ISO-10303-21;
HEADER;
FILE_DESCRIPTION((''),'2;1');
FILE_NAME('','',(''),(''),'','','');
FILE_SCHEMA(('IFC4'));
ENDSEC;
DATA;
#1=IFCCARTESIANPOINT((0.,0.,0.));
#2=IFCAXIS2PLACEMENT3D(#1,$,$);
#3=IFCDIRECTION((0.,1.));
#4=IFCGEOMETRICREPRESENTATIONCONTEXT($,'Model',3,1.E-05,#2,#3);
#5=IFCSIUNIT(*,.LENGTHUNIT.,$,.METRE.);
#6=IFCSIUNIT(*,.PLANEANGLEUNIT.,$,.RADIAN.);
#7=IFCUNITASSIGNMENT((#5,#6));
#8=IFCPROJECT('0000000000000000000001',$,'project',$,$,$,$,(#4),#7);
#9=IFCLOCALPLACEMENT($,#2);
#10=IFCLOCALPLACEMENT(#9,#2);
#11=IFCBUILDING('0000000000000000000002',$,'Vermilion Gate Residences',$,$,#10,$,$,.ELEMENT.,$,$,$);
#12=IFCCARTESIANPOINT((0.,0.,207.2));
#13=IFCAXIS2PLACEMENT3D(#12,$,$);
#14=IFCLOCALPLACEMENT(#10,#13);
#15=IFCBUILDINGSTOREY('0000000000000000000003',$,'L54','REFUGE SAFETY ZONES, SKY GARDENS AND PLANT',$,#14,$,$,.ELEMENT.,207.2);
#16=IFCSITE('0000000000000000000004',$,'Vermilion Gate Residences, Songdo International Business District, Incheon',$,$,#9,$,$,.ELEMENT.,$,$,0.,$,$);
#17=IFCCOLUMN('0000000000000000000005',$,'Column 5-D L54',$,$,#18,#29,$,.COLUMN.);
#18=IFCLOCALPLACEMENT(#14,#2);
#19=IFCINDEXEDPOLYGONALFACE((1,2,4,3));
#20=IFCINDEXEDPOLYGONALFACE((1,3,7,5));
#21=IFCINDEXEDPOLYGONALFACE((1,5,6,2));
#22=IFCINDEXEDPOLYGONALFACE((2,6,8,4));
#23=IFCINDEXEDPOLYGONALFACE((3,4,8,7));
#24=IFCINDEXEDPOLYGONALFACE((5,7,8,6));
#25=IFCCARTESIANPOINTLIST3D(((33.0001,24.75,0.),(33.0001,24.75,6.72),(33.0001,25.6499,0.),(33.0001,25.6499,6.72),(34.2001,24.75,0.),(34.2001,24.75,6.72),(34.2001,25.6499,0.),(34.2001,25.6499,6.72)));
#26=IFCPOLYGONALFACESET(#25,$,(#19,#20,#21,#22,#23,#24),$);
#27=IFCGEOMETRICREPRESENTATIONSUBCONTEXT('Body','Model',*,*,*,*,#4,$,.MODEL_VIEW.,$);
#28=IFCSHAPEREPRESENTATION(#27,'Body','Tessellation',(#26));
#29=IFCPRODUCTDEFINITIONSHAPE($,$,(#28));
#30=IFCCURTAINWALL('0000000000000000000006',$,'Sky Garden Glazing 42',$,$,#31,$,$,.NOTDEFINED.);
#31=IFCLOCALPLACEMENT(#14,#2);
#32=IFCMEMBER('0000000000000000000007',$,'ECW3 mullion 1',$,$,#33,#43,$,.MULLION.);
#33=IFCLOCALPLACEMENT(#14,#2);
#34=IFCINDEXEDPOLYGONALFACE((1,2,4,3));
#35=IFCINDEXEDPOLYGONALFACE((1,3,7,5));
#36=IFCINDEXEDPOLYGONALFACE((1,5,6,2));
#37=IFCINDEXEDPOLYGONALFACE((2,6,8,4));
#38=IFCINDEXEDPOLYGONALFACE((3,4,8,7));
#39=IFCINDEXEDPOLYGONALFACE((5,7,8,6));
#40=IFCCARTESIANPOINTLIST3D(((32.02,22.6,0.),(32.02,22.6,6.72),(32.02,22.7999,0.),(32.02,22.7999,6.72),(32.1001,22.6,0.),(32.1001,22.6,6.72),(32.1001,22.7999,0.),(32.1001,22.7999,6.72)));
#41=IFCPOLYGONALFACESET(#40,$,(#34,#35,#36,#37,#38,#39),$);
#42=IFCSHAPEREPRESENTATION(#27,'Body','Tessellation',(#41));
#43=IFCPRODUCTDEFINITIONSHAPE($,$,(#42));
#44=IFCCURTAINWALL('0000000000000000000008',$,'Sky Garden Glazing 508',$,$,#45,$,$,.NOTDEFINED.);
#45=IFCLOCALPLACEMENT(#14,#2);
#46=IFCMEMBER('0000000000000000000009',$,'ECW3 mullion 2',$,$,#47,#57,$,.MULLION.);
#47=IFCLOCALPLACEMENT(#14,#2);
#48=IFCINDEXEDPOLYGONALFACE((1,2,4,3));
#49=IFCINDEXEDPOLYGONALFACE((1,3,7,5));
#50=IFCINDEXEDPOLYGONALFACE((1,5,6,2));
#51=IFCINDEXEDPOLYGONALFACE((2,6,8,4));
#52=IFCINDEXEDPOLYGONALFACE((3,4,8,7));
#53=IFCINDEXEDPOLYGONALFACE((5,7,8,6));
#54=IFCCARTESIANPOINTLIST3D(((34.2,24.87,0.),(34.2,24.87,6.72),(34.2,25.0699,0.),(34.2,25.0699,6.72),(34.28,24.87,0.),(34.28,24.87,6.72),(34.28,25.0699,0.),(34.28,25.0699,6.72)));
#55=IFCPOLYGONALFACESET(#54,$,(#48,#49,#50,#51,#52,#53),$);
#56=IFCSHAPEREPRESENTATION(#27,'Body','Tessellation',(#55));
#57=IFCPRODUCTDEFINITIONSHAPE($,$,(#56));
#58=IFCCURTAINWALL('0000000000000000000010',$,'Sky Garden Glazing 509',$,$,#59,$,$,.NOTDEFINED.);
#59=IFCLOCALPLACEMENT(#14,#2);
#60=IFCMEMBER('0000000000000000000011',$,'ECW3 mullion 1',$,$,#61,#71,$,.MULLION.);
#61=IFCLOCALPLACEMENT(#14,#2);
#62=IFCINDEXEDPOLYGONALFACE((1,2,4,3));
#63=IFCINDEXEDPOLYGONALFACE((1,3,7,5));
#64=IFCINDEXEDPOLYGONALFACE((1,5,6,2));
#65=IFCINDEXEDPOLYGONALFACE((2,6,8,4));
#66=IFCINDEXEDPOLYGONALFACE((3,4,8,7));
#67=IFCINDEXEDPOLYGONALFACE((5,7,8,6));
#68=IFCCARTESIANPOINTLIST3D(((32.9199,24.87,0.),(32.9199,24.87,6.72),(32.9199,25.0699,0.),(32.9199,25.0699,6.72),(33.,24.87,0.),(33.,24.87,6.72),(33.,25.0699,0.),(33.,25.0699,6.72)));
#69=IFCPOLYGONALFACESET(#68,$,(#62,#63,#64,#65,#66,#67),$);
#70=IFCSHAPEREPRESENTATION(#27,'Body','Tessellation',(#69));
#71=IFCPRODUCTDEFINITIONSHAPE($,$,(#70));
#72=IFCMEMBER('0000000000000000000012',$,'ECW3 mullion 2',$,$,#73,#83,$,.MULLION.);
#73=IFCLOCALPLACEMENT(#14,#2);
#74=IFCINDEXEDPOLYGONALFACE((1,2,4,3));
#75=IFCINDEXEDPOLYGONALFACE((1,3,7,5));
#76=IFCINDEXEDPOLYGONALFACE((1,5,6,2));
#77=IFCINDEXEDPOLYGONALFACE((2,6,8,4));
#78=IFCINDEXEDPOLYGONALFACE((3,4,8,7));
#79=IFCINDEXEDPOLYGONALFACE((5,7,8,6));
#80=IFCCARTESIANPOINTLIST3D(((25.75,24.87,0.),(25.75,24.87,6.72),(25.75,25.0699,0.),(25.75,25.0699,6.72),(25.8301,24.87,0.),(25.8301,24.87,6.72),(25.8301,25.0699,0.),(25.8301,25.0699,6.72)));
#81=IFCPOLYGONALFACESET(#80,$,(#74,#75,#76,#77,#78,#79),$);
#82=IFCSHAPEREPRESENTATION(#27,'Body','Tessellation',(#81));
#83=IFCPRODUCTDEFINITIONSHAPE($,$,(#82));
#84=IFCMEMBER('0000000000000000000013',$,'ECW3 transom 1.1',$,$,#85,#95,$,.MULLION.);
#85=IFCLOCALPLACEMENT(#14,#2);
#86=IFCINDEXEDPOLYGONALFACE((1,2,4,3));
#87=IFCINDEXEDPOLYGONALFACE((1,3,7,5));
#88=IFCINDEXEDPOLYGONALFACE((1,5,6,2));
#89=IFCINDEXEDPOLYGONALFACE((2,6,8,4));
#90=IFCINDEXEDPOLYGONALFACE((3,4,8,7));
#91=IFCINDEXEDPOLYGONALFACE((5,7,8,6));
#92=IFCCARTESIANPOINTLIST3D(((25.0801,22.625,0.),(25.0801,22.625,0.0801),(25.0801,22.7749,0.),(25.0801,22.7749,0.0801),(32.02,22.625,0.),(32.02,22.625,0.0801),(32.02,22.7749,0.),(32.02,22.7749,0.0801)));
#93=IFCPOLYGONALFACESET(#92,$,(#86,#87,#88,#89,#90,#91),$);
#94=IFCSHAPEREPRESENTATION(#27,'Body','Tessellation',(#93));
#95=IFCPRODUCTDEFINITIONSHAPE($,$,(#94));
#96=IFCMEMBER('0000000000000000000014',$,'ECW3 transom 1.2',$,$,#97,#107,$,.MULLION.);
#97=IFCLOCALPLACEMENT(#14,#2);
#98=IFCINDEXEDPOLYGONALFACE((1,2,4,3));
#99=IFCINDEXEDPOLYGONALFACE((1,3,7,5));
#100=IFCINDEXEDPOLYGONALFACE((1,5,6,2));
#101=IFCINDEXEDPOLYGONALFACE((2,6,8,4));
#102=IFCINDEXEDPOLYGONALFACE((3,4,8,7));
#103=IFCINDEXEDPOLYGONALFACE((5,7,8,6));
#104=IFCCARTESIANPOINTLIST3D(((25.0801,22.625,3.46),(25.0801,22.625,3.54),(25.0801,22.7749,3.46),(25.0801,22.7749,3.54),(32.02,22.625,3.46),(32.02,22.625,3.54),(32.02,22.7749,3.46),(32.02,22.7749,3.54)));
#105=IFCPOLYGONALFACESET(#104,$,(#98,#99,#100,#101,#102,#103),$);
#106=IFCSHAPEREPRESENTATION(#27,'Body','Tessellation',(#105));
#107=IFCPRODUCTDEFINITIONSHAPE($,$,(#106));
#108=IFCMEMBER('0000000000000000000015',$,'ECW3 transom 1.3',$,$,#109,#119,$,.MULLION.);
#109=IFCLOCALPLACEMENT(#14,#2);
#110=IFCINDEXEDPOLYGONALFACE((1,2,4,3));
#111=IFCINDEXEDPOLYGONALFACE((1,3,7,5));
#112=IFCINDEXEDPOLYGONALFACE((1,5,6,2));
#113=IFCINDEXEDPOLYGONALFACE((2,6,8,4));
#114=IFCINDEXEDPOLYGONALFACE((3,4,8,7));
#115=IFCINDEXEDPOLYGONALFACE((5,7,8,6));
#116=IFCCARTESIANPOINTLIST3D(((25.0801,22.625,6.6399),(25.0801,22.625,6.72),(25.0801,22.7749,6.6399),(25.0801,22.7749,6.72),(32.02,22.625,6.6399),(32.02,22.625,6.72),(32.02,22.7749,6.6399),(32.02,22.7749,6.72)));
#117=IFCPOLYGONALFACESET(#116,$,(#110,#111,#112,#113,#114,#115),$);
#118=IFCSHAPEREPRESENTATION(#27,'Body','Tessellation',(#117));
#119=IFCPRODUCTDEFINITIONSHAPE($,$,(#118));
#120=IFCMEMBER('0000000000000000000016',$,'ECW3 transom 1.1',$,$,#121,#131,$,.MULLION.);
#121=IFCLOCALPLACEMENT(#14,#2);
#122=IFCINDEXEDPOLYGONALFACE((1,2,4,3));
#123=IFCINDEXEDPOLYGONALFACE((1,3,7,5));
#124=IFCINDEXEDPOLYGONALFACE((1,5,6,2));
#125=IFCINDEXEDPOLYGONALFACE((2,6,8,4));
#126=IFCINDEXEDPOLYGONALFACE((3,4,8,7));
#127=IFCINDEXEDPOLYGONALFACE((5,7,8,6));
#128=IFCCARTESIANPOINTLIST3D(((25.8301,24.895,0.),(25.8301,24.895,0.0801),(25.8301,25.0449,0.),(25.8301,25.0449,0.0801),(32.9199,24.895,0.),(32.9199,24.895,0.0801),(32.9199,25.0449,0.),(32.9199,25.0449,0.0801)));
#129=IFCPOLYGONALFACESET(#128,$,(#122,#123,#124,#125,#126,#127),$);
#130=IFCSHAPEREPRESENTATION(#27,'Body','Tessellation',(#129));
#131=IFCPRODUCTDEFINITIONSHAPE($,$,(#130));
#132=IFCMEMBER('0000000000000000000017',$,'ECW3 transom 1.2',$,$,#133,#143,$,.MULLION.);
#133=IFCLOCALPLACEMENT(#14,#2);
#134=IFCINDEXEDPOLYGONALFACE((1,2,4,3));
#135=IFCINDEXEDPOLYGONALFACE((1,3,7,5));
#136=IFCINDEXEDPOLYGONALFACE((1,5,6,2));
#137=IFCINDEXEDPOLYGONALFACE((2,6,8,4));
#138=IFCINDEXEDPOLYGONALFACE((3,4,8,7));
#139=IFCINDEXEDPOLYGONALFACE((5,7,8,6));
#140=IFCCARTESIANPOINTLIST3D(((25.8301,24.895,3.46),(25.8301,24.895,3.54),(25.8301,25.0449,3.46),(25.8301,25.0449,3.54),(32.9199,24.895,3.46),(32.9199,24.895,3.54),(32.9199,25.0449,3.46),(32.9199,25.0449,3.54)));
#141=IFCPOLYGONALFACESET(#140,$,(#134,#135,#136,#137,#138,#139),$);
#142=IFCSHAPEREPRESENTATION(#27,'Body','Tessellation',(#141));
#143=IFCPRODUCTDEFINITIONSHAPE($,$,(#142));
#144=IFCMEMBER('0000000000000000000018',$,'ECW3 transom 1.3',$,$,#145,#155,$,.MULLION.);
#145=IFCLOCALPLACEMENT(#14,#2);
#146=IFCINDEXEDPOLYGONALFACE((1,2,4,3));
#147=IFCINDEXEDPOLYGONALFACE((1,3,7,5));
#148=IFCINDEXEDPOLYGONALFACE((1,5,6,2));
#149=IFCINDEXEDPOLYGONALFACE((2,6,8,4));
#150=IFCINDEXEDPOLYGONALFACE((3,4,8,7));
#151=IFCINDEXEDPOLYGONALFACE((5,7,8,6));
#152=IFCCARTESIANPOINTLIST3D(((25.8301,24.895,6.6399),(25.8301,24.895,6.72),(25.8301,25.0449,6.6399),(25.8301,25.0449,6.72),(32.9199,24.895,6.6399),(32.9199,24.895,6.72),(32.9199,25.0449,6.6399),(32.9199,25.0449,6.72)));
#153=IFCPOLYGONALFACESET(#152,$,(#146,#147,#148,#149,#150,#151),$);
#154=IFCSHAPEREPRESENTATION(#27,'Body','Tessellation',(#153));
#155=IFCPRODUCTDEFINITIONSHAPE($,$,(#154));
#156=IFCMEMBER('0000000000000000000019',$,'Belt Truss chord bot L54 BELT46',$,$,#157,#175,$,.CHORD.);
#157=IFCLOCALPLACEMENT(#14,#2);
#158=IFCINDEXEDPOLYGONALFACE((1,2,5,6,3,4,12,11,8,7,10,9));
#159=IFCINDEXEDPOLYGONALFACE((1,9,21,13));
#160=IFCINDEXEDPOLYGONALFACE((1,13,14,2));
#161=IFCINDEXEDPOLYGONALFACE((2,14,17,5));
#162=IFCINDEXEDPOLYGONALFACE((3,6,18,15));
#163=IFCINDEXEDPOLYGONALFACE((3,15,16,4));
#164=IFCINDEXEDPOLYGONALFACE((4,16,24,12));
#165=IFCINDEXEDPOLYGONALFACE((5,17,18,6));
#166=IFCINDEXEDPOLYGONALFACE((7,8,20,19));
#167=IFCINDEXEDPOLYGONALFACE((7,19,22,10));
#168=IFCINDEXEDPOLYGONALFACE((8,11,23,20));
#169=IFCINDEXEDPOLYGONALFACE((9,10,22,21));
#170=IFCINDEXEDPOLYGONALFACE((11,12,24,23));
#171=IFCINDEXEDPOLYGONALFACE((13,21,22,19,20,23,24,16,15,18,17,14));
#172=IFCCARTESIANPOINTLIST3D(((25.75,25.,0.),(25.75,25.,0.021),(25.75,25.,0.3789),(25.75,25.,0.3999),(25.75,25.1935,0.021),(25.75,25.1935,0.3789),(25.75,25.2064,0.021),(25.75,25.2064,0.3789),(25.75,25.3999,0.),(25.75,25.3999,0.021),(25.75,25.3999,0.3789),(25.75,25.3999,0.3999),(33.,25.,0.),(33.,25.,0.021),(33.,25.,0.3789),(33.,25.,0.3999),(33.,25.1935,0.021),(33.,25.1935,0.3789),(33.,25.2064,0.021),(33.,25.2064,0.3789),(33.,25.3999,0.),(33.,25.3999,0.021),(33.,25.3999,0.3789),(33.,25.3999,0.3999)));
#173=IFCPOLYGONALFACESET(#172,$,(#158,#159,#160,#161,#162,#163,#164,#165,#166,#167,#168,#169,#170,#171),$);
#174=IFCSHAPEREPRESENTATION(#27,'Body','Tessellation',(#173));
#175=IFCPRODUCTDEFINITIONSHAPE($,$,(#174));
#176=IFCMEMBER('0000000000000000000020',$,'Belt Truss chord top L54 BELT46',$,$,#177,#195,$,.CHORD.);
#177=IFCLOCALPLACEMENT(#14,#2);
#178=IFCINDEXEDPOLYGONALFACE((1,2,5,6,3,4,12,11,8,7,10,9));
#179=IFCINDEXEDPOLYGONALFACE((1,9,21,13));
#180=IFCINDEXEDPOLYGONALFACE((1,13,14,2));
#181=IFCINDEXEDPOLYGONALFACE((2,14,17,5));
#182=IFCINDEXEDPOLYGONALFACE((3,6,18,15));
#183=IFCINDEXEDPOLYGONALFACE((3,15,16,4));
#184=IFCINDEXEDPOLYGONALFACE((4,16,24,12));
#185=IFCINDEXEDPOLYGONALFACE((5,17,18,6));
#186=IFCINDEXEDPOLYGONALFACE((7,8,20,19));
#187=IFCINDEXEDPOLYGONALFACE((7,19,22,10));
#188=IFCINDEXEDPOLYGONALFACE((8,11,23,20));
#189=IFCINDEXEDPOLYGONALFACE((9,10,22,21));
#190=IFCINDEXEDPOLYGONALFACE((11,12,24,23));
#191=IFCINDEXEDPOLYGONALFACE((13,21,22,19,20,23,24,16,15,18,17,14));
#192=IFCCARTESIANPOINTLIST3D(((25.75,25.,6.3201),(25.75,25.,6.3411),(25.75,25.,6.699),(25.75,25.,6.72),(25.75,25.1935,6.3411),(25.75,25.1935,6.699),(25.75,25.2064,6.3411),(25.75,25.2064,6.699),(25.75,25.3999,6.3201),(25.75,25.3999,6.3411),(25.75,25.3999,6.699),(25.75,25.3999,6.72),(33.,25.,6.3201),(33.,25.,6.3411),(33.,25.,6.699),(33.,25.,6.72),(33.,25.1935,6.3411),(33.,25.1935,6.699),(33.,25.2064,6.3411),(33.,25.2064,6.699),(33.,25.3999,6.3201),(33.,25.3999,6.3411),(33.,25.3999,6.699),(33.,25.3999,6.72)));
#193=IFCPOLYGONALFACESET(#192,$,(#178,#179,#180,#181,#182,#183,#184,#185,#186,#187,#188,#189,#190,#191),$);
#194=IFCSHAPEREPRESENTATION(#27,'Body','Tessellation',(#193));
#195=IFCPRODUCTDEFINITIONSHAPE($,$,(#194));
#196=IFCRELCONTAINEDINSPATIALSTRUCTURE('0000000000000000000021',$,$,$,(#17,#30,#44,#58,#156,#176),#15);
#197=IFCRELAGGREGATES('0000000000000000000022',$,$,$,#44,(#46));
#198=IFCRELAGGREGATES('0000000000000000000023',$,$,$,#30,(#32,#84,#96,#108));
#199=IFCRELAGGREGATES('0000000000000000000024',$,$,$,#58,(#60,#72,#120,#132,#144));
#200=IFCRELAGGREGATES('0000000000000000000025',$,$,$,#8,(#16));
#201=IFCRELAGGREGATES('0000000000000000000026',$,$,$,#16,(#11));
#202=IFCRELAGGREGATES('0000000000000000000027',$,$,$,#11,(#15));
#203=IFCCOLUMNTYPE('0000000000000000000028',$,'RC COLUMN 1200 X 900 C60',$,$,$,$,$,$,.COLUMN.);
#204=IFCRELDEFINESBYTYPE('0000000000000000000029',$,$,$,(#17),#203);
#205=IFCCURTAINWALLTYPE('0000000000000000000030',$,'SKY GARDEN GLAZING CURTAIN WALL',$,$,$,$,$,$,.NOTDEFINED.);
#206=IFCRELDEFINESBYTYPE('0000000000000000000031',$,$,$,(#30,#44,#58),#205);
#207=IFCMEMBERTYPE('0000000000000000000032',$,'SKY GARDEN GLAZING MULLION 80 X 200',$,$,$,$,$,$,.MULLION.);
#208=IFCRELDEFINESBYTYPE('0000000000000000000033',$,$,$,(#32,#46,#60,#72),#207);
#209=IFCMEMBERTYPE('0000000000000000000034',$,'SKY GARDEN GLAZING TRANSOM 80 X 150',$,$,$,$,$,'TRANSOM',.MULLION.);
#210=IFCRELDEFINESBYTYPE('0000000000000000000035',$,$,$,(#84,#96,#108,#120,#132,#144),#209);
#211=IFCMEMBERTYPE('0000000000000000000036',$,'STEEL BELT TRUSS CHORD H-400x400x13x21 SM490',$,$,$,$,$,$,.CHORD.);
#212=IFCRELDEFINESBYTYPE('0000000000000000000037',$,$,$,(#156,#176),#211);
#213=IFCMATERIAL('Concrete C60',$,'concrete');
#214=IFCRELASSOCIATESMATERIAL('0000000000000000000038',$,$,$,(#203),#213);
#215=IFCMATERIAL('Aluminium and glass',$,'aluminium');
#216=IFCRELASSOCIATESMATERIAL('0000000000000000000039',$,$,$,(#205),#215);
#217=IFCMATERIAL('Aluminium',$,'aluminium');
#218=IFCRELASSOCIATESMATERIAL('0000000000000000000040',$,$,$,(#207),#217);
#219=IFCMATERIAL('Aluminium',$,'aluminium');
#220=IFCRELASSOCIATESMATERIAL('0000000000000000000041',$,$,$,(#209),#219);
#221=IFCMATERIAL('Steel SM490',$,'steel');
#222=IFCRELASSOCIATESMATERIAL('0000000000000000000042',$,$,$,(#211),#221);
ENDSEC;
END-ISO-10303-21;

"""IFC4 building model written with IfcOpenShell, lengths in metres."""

from ifc_helpers import new_model, si_unit, direction, frame, origin, origin_2d, place, context, subcontext, project, spatial, rectangle, i_section, extrude, material, material_profile, profile_set, type_object, element, aggregate, save


model = new_model("IFC4")

# Units and contexts
model_context = context("Model", 3, precision=1e-05, world=origin(), true_north=direction((0.0, 1.0)))
body_context = subcontext(model_context, "Body", "Model", "MODEL_VIEW")
ifc_project = project(units=[si_unit("LENGTHUNIT", "METRE"), si_unit("PLANEANGLEUNIT", "RADIAN")], contexts=[model_context])

# Site, building, storey
site_placement = place(None, origin())
site = spatial("IfcSite", under=ifc_project, at=site_placement, Name="Vermilion Gate Residences, Songdo International Business District, Incheon", CompositionType="ELEMENT", RefElevation=0.0)
building_placement = place(site_placement, origin())
building = spatial("IfcBuilding", under=site, at=building_placement, Name="Vermilion Gate Residences", CompositionType="ELEMENT")
storey_placement = place(building_placement, frame((0.0, 0.0, 207.2)))
storey = spatial("IfcBuildingStorey", under=building, at=storey_placement, Name="L54", Description="REFUGE SAFETY ZONES, SKY GARDENS AND PLANT", CompositionType="ELEMENT", Elevation=207.2)

# Column
ifc_material_1 = material(Name="Concrete C60", Category="concrete")
ifc_material_profile_1 = material_profile(ifc_material_1, rectangle(XDim=1.2, YDim=0.8999, at=origin_2d()), Name="RC-1200x900")
ifc_profile_set_1 = profile_set([ifc_material_profile_1], Name="Concrete C60")
column_type = type_object("IfcColumnType", Name="RC COLUMN 1200 X 900 C60", PredefinedType="COLUMN", material=ifc_profile_set_1)
column_placement = place(storey_placement, frame((33.6001, 25.2, 0.0), z_axis=(0.0, 0.0, 1.0), x_axis=(1.0, 0.0, 0.0)))
element("IfcColumn", 1, at=column_placement, inside=storey, type_object=column_type, Name="Column 5-D L54", PredefinedType="COLUMN", context=body_context, shape_type="SweptSolid", body=[
    extrude(rectangle(XDim=1.2, YDim=0.8999, at=origin_2d()), origin(), (0.0, 0.0, 1.0), 6.72),
])

# Curtain walls, members
ifc_material_2 = material(Name="Aluminium and glass", Category="aluminium")
curtain_wall_type = type_object("IfcCurtainWallType", Name="SKY GARDEN GLAZING CURTAIN WALL", PredefinedType="NOTDEFINED", material=ifc_material_2)
curtain_wall_1_placement = place(storey_placement, origin())
curtain_wall_1 = element("IfcCurtainWall", 2, at=curtain_wall_1_placement, inside=storey, type_object=curtain_wall_type, Name="Sky Garden Glazing 42", PredefinedType="NOTDEFINED")
ifc_material_3 = material(Name="Aluminium", Category="aluminium")
ifc_material_profile_2 = material_profile(ifc_material_3, rectangle(XDim=0.2, YDim=0.0801, at=origin_2d()), Name="MULLION 80 X 200")
ifc_profile_set_2 = profile_set([ifc_material_profile_2], Name="Aluminium")
member_type_1 = type_object("IfcMemberType", Name="SKY GARDEN GLAZING MULLION 80 X 200", PredefinedType="MULLION", material=ifc_profile_set_2)
member_1_placement = place(storey_placement, frame((32.0601, 22.7, 0.0), z_axis=(0.0, 0.0, 1.0), x_axis=(0.0, -1.0, 0.0)))
member_1 = element("IfcMember", 3, at=member_1_placement, type_object=member_type_1, Name="ECW3 mullion 1", PredefinedType="MULLION", context=body_context, shape_type="SweptSolid", body=[
    extrude(rectangle(XDim=0.2, YDim=0.0801, at=origin_2d()), origin(), (0.0, 0.0, 1.0), 6.72),
])
curtain_wall_2_placement = place(storey_placement, origin())
curtain_wall_2 = element("IfcCurtainWall", 4, at=curtain_wall_2_placement, inside=storey, type_object=curtain_wall_type, Name="Sky Garden Glazing 508", PredefinedType="NOTDEFINED")
member_2_placement = place(storey_placement, frame((34.24, 24.97, 0.0), z_axis=(0.0, 0.0, 1.0), x_axis=(0.0, -1.0, 0.0)))
member_2 = element("IfcMember", 5, at=member_2_placement, type_object=member_type_1, Name="ECW3 mullion 2", PredefinedType="MULLION", context=body_context, shape_type="SweptSolid", body=[
    extrude(rectangle(XDim=0.2, YDim=0.0801, at=origin_2d()), origin(), (0.0, 0.0, 1.0), 6.72),
])
aggregate(curtain_wall_2, [member_2])

# Curtain wall, members
curtain_wall_3_placement = place(storey_placement, origin())
curtain_wall_3 = element("IfcCurtainWall", 6, at=curtain_wall_3_placement, inside=storey, type_object=curtain_wall_type, Name="Sky Garden Glazing 509", PredefinedType="NOTDEFINED")
member_3_placement = place(storey_placement, frame((32.96, 24.97, 0.0), z_axis=(0.0, 0.0, 1.0), x_axis=(0.0, -1.0, 0.0)))
member_3 = element("IfcMember", 7, at=member_3_placement, type_object=member_type_1, Name="ECW3 mullion 1", PredefinedType="MULLION", context=body_context, shape_type="SweptSolid", body=[
    extrude(rectangle(XDim=0.2, YDim=0.0801, at=origin_2d()), origin(), (0.0, 0.0, 1.0), 6.72),
])
member_4_placement = place(storey_placement, frame((25.79, 24.97, 0.0), z_axis=(0.0, 0.0, 1.0), x_axis=(0.0, -1.0, 0.0)))
member_4 = element("IfcMember", 8, at=member_4_placement, type_object=member_type_1, Name="ECW3 mullion 2", PredefinedType="MULLION", context=body_context, shape_type="SweptSolid", body=[
    extrude(rectangle(XDim=0.2, YDim=0.0801, at=origin_2d()), origin(), (0.0, 0.0, 1.0), 6.72),
])

# Members
ifc_material_4 = material(Name="Aluminium", Category="aluminium")
ifc_material_profile_3 = material_profile(ifc_material_4, rectangle(XDim=0.1499, YDim=0.0801, at=origin_2d()), Name="TRANSOM 80 X 150")
ifc_profile_set_3 = profile_set([ifc_material_profile_3], Name="Aluminium")
member_type_2 = type_object("IfcMemberType", Name="SKY GARDEN GLAZING TRANSOM 80 X 150", ElementType="TRANSOM", PredefinedType="MULLION", material=ifc_profile_set_3)
member_5_placement = place(storey_placement, frame((32.02, 22.7, 0.04), z_axis=(-1.0, 0.0, 0.0), x_axis=(0.0, -1.0, 0.0)))
member_5 = element("IfcMember", 9, at=member_5_placement, type_object=member_type_2, Name="ECW3 transom 1.1", PredefinedType="MULLION", context=body_context, shape_type="SweptSolid", body=[
    extrude(rectangle(XDim=0.1499, YDim=0.0801, at=origin_2d()), origin(), (0.0, 0.0, 1.0), 6.9399),
])
member_6_placement = place(storey_placement, frame((32.02, 22.7, 3.5), z_axis=(-1.0, 0.0, 0.0), x_axis=(0.0, -1.0, 0.0)))
member_6 = element("IfcMember", 10, at=member_6_placement, type_object=member_type_2, Name="ECW3 transom 1.2", PredefinedType="MULLION", context=body_context, shape_type="SweptSolid", body=[
    extrude(rectangle(XDim=0.1499, YDim=0.0801, at=origin_2d()), origin(), (0.0, 0.0, 1.0), 6.9399),
])
member_7_placement = place(storey_placement, frame((32.02, 22.7, 6.6799), z_axis=(-1.0, 0.0, 0.0), x_axis=(0.0, -1.0, 0.0)))
member_7 = element("IfcMember", 11, at=member_7_placement, type_object=member_type_2, Name="ECW3 transom 1.3", PredefinedType="MULLION", context=body_context, shape_type="SweptSolid", body=[
    extrude(rectangle(XDim=0.1499, YDim=0.0801, at=origin_2d()), origin(), (0.0, 0.0, 1.0), 6.9399),
])
member_8_placement = place(storey_placement, frame((32.9199, 24.97, 0.04), z_axis=(-1.0, 0.0, 0.0), x_axis=(0.0, -1.0, 0.0)))
member_8 = element("IfcMember", 12, at=member_8_placement, type_object=member_type_2, Name="ECW3 transom 1.1", PredefinedType="MULLION", context=body_context, shape_type="SweptSolid", body=[
    extrude(rectangle(XDim=0.1499, YDim=0.0801, at=origin_2d()), origin(), (0.0, 0.0, 1.0), 7.0898),
])
member_9_placement = place(storey_placement, frame((32.9199, 24.97, 3.5), z_axis=(-1.0, 0.0, 0.0), x_axis=(0.0, -1.0, 0.0)))
member_9 = element("IfcMember", 13, at=member_9_placement, type_object=member_type_2, Name="ECW3 transom 1.2", PredefinedType="MULLION", context=body_context, shape_type="SweptSolid", body=[
    extrude(rectangle(XDim=0.1499, YDim=0.0801, at=origin_2d()), origin(), (0.0, 0.0, 1.0), 7.0898),
])
member_10_placement = place(storey_placement, frame((32.9199, 24.97, 6.6799), z_axis=(-1.0, 0.0, 0.0), x_axis=(0.0, -1.0, 0.0)))
member_10 = element("IfcMember", 14, at=member_10_placement, type_object=member_type_2, Name="ECW3 transom 1.3", PredefinedType="MULLION", context=body_context, shape_type="SweptSolid", body=[
    extrude(rectangle(XDim=0.1499, YDim=0.0801, at=origin_2d()), origin(), (0.0, 0.0, 1.0), 7.0898),
])

# Members
ifc_material_5 = material(Name="Steel SM490", Category="steel")
ifc_material_profile_4 = material_profile(ifc_material_5, i_section(OverallWidth=0.3999, OverallDepth=0.3999, WebThickness=0.0129, FlangeThickness=0.021, at=origin_2d()), Name="H-400x400x13x21")
ifc_profile_set_4 = profile_set([ifc_material_profile_4], Name="Steel SM490")
member_type_3 = type_object("IfcMemberType", Name="STEEL BELT TRUSS CHORD H-400x400x13x21 SM490", PredefinedType="CHORD", material=ifc_profile_set_4)
for number, where, z_axis, x_axis, name in (
    (15, (25.75, 25.2, 0.2), (1.0, 0.0, 0.0), (0.0, 1.0, 0.0), "Belt Truss chord bot L54 BELT46"),
    (16, (25.75, 25.2, 6.52), (1.0, 0.0, 0.0), (0.0, 1.0, 0.0), "Belt Truss chord top L54 BELT46"),
):
    element("IfcMember", number, at=place(storey_placement, frame(where, z_axis=z_axis, x_axis=x_axis)), inside=storey, type_object=member_type_3, Name=name, PredefinedType="CHORD", context=body_context, shape_type="SweptSolid", body=[
        extrude(i_section(OverallWidth=0.3999, OverallDepth=0.3999, WebThickness=0.0129, FlangeThickness=0.021, at=origin_2d()), origin(), (0.0, 0.0, 1.0), 7.25),
    ])

aggregate(curtain_wall_1, [member_1, member_5, member_6, member_7])
aggregate(curtain_wall_3, [member_3, member_4, member_8, member_9, member_10])

save(model, "model.ifc")
